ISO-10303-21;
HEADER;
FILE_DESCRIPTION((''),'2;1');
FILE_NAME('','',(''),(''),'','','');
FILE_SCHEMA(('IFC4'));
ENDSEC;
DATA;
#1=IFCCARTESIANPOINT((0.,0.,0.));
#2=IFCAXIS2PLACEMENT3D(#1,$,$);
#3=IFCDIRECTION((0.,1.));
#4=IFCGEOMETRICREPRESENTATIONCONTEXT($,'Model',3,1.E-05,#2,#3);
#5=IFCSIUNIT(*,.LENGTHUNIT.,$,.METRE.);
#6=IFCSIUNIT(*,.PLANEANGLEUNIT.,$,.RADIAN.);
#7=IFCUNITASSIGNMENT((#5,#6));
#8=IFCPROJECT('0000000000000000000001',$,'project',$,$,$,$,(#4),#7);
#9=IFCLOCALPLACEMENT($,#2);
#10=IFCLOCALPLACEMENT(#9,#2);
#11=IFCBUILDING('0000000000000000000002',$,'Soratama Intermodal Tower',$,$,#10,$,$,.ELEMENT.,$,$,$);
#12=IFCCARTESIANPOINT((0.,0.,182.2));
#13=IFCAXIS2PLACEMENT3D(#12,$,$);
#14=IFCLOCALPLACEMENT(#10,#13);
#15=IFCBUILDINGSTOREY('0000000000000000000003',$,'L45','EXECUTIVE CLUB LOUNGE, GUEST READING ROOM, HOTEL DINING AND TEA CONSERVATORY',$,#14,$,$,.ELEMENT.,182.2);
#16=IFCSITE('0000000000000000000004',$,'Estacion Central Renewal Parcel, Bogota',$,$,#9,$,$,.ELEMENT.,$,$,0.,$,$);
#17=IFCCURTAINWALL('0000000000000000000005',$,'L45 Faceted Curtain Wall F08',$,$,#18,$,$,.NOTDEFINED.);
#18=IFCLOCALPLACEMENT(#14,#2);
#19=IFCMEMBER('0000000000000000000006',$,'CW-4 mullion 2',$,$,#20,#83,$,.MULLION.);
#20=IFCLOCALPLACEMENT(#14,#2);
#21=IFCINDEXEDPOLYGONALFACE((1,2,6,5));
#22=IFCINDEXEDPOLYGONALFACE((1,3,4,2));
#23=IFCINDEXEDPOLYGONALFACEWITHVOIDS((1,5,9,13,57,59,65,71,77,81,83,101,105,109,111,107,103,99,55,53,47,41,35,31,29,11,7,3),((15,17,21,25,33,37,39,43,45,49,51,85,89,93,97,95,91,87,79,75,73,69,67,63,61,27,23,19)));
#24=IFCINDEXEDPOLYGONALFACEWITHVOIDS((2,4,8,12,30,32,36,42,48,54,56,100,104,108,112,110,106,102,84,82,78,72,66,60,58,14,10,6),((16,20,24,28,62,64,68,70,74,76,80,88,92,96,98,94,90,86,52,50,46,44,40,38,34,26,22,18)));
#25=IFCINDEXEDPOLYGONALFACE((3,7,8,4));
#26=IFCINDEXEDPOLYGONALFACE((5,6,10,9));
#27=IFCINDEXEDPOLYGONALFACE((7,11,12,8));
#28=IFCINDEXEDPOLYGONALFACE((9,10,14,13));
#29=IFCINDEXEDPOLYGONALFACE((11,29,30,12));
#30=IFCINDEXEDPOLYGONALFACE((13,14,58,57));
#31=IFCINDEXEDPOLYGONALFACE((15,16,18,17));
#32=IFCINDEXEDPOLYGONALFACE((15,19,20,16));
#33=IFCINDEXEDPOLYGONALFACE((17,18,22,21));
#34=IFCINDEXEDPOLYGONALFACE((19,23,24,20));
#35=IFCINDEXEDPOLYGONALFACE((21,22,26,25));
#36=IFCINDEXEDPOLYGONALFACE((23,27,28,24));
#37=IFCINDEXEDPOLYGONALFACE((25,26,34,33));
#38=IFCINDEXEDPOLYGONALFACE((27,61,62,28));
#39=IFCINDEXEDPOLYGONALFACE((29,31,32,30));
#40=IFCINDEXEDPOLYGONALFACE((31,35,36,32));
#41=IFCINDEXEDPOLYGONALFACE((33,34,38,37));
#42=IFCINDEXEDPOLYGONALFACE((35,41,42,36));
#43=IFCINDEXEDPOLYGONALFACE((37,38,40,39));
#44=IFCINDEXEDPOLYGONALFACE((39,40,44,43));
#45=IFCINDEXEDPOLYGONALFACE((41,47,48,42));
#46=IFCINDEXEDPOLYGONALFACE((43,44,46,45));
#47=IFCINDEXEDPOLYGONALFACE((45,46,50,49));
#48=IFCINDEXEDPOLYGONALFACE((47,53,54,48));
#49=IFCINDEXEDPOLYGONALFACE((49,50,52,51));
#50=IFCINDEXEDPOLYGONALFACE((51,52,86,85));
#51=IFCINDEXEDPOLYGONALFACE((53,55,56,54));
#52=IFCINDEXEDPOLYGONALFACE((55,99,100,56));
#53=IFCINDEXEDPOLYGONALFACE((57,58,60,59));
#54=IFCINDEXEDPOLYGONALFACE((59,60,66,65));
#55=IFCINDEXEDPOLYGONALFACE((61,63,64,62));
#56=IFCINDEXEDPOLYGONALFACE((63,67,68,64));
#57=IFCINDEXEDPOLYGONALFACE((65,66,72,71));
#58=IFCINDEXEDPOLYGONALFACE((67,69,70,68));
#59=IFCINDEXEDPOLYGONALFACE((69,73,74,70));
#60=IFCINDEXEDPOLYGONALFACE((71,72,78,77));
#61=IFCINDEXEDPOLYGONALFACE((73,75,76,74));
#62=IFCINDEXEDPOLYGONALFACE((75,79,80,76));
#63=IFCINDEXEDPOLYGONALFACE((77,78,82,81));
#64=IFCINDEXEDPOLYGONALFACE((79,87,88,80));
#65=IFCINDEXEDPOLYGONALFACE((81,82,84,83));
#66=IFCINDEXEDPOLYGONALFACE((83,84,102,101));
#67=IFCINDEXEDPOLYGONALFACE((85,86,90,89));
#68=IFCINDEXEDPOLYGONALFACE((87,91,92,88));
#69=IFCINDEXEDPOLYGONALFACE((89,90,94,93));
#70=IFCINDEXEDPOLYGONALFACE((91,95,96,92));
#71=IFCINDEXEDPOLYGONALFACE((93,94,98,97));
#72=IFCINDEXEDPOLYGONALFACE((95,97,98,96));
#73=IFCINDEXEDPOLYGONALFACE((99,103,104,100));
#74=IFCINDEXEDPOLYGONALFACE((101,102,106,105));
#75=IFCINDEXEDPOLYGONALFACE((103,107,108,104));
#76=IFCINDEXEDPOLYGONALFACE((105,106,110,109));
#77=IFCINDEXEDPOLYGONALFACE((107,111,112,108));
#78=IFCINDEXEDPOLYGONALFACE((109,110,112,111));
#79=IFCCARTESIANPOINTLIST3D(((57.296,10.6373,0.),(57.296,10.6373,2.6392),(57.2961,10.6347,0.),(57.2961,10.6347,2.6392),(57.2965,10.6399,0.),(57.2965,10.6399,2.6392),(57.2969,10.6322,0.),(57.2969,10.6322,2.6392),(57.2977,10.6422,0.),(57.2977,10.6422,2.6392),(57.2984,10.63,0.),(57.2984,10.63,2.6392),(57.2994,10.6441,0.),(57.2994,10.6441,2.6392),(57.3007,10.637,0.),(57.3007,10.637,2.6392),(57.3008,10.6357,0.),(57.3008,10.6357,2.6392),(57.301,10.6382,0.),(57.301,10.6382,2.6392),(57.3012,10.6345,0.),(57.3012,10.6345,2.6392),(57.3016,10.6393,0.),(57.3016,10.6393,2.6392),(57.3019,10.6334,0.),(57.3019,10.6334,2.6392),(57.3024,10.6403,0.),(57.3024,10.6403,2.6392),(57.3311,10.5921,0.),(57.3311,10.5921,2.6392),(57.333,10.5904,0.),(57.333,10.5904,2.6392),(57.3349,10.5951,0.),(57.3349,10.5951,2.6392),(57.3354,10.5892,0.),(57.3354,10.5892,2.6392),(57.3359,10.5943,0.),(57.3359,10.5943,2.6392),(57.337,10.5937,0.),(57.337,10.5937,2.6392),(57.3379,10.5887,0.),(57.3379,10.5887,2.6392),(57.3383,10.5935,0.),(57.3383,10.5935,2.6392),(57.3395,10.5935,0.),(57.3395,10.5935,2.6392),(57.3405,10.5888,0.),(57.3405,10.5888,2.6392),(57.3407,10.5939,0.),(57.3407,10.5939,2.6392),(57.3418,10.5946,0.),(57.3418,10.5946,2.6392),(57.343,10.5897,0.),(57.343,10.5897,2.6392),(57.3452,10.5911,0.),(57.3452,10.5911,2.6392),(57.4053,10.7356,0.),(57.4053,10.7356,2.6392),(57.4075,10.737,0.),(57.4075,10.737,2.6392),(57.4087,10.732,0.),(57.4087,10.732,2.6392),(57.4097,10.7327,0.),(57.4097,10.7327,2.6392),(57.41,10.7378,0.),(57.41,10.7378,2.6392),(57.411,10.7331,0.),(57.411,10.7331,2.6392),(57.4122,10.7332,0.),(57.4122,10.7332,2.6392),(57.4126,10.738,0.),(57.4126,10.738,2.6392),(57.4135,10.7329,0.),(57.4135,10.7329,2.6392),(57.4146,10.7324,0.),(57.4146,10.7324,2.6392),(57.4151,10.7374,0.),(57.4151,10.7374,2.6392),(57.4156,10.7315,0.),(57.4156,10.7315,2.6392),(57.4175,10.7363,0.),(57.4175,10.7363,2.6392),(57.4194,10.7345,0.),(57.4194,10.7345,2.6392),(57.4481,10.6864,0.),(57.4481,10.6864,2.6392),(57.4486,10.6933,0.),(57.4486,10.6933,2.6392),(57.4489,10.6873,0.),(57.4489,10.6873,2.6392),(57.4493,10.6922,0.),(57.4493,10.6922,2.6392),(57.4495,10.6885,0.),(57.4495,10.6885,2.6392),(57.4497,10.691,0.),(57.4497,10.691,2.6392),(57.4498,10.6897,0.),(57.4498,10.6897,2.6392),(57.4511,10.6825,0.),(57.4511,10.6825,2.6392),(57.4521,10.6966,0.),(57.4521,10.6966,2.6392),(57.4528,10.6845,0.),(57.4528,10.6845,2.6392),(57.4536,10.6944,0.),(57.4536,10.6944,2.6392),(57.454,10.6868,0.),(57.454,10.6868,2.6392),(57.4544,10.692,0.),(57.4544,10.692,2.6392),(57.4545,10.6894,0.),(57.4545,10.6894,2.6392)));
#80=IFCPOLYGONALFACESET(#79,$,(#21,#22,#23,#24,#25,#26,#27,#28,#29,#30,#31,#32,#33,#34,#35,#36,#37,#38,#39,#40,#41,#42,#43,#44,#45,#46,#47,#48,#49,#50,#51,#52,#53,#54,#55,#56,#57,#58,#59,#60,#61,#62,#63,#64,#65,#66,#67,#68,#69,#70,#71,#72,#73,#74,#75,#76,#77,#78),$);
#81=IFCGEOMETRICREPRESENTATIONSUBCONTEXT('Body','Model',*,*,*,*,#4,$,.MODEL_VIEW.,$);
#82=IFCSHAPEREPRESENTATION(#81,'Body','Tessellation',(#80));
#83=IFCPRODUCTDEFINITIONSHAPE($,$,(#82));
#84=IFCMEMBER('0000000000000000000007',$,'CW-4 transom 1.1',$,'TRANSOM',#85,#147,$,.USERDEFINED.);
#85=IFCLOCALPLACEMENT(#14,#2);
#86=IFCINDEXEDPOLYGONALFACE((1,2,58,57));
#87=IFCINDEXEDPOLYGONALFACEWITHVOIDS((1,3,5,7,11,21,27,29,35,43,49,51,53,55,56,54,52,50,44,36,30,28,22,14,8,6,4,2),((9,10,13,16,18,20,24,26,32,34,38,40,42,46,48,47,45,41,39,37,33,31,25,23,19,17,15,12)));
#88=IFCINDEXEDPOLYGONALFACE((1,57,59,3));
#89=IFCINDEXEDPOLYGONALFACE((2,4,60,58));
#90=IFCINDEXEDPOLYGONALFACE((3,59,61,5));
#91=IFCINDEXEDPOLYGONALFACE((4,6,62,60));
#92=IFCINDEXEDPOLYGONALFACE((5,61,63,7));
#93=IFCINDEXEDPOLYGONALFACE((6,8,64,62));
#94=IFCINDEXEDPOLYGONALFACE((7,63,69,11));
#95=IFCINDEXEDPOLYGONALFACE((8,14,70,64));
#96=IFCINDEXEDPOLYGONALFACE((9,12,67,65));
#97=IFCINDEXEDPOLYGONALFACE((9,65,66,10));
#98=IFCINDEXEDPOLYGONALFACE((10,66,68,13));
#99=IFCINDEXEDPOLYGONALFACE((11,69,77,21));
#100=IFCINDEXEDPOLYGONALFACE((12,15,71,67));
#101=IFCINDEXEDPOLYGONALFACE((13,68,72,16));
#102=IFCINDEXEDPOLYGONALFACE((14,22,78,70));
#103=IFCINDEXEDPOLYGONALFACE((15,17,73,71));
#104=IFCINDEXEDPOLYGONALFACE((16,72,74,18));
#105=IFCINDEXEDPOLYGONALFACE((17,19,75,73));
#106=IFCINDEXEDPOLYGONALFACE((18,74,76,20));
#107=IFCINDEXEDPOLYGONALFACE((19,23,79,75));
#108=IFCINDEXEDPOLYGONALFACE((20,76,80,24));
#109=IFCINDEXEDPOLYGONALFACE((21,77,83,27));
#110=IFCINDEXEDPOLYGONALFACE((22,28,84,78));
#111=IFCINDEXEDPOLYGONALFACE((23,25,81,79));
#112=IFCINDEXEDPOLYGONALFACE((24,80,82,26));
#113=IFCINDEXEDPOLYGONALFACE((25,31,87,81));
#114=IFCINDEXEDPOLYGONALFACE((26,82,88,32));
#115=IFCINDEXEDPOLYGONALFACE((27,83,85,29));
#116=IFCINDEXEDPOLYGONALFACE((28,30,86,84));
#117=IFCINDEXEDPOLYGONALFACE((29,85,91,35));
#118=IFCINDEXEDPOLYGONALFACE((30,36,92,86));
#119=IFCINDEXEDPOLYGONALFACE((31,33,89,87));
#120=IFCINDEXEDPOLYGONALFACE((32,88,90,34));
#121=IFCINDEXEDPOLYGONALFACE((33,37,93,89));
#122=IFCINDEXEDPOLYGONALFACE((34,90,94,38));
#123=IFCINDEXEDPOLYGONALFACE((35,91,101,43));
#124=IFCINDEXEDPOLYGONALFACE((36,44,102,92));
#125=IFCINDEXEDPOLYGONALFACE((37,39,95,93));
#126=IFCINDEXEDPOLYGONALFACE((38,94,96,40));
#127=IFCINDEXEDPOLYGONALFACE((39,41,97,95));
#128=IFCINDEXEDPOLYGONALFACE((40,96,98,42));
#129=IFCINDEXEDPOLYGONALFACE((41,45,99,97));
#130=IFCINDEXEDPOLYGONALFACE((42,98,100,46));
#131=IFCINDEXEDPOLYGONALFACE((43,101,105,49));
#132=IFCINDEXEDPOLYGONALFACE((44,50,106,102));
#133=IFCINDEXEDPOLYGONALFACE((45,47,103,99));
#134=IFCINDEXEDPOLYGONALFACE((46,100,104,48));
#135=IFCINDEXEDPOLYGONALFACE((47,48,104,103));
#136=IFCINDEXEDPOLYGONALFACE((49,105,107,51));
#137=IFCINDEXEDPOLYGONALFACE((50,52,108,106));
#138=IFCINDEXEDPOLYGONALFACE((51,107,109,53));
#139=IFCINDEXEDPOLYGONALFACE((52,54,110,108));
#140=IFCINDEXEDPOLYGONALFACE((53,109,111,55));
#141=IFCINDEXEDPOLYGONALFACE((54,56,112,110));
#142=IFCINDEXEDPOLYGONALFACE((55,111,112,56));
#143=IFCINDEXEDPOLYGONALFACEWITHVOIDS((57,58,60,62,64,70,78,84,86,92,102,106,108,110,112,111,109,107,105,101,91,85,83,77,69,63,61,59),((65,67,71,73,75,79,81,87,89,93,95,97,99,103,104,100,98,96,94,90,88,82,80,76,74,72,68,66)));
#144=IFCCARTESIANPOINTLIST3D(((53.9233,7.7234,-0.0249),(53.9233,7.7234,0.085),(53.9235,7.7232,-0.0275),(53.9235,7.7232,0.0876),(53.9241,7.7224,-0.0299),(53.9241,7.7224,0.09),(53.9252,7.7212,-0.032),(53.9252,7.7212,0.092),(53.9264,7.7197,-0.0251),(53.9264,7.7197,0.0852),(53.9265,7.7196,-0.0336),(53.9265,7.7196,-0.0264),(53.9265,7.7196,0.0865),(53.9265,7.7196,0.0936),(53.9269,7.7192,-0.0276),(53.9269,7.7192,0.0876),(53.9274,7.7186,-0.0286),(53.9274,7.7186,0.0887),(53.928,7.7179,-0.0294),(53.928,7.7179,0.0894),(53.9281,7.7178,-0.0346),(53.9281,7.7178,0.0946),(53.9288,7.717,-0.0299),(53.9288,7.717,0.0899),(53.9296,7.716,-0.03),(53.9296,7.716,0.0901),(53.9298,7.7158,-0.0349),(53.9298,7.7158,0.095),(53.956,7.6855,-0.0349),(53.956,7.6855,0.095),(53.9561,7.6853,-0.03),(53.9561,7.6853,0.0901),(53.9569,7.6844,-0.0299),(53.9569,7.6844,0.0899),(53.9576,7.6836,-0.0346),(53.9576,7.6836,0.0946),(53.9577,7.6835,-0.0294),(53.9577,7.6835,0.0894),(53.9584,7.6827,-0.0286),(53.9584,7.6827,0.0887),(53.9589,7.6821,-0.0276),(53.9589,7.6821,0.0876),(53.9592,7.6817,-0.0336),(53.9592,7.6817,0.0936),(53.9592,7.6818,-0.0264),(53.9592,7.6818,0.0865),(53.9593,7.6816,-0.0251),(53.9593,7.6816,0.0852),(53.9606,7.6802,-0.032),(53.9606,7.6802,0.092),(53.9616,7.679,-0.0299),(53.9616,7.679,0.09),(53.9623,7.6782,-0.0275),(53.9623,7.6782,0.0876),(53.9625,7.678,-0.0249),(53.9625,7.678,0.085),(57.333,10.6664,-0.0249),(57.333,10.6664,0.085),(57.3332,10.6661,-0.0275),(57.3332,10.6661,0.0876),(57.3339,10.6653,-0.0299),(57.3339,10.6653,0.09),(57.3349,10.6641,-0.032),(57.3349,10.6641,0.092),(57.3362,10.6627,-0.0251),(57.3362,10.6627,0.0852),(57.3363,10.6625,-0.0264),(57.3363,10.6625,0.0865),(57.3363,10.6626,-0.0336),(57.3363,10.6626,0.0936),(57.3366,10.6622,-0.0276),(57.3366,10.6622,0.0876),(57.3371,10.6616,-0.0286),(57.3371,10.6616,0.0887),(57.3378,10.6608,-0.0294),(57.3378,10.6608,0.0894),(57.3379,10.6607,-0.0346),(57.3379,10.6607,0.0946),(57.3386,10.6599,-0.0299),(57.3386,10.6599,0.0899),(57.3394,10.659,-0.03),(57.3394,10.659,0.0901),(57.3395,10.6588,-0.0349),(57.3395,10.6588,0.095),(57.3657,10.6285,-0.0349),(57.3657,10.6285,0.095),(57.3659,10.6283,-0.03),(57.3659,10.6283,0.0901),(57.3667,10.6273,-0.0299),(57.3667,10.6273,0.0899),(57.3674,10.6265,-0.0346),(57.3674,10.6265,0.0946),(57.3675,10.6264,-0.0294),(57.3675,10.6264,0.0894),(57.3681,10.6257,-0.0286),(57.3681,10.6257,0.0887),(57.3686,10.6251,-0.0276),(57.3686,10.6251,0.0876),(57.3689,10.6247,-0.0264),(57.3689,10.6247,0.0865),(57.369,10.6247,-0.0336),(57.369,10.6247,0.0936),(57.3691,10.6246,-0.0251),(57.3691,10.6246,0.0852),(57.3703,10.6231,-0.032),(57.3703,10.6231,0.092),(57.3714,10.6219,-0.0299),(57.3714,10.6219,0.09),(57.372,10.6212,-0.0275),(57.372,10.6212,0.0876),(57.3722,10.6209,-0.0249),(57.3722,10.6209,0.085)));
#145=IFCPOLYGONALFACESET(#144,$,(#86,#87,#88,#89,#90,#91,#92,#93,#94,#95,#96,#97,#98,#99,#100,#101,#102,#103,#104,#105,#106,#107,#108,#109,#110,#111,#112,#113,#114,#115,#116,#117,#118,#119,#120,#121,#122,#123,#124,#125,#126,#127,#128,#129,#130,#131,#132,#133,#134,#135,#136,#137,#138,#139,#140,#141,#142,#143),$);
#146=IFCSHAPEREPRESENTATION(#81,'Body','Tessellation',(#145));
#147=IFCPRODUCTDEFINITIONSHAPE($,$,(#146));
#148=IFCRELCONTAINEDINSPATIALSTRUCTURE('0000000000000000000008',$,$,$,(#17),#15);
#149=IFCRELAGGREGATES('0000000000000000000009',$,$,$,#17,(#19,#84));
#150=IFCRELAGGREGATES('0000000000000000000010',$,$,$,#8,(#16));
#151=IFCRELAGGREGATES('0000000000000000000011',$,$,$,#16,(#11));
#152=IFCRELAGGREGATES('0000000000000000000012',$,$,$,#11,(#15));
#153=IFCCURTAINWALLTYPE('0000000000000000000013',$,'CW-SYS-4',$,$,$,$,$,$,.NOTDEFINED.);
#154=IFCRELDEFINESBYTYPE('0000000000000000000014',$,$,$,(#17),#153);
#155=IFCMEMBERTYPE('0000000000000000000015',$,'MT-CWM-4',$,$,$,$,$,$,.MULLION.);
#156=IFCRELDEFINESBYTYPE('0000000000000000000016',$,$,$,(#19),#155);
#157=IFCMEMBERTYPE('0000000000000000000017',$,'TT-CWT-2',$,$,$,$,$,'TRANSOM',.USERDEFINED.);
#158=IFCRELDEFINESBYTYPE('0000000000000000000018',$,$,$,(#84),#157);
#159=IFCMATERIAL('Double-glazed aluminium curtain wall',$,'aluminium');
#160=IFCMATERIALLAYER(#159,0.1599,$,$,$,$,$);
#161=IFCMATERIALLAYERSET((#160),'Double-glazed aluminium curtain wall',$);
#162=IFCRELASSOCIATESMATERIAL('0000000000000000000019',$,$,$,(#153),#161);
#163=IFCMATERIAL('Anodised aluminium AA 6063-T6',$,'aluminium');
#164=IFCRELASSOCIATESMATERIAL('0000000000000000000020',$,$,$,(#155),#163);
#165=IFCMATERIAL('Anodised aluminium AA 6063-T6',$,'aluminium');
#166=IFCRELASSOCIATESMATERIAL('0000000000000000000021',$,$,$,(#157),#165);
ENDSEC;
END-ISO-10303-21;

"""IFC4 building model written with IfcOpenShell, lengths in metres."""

from ifc_helpers import new_model, si_unit, direction, frame, origin, origin_2d, place, context, subcontext, project, spatial, hollow_rectangle, extrude, material, layer, layer_set, material_profile, profile_set, type_object, element, aggregate, save


model = new_model("IFC4")

# Units and contexts
model_context = context("Model", 3, precision=1e-05, world=origin(), true_north=direction((0.0, 1.0)))
body_context = subcontext(model_context, "Body", "Model", "MODEL_VIEW")
ifc_project = project(units=[si_unit("LENGTHUNIT", "METRE"), si_unit("PLANEANGLEUNIT", "RADIAN")], contexts=[model_context])

# Site, building, storey
site_placement = place(None, origin())
site = spatial("IfcSite", under=ifc_project, at=site_placement, Name="Estacion Central Renewal Parcel, Bogota", CompositionType="ELEMENT", RefElevation=0.0)
building_placement = place(site_placement, origin())
building = spatial("IfcBuilding", under=site, at=building_placement, Name="Soratama Intermodal Tower", CompositionType="ELEMENT")
storey_placement = place(building_placement, frame((0.0, 0.0, 182.2)))
storey = spatial("IfcBuildingStorey", under=building, at=storey_placement, Name="L45", Description="EXECUTIVE CLUB LOUNGE, GUEST READING ROOM, HOTEL DINING AND TEA CONSERVATORY", CompositionType="ELEMENT", Elevation=182.2)

# Curtain wall, members
ifc_material_1 = material(Name="Double-glazed aluminium curtain wall", Category="aluminium")
ifc_layer_1 = layer(ifc_material_1, 0.1599)
ifc_layer_set_1 = layer_set([ifc_layer_1], Name="Double-glazed aluminium curtain wall")
curtain_wall_type = type_object("IfcCurtainWallType", Name="CW-SYS-4", PredefinedType="NOTDEFINED", material=ifc_layer_set_1)
curtain_wall_placement = place(storey_placement, origin())
curtain_wall = element("IfcCurtainWall", 1, at=curtain_wall_placement, inside=storey, type_object=curtain_wall_type, Name="L45 Faceted Curtain Wall F08", PredefinedType="NOTDEFINED")
ifc_material_2 = material(Name="Anodised aluminium AA 6063-T6", Category="aluminium")
ifc_material_profile_1 = material_profile(ifc_material_2, hollow_rectangle(XDim=0.0701, YDim=0.1599, WallThickness=0.0049, InnerFilletRadius=0.0049, OuterFilletRadius=0.01, at=origin_2d()), Name="CWM160X70X5")
ifc_profile_set_1 = profile_set([ifc_material_profile_1], Name="Anodised aluminium AA 6063-T6")
member_type_1 = type_object("IfcMemberType", Name="MT-CWM-4", PredefinedType="MULLION", material=ifc_profile_set_1)
member_1_placement = place(storey_placement, frame((57.3752, 10.6633, 0.0), z_axis=(0.0, 0.0, 1.0), x_axis=(-0.653423, 0.756993, 0.0)))
member_1 = element("IfcMember", 2, at=member_1_placement, type_object=member_type_1, Name="CW-4 mullion 2", PredefinedType="MULLION", context=body_context, shape_type="SweptSolid", body=[
    extrude(hollow_rectangle(XDim=0.0701, YDim=0.1599, WallThickness=0.0049, InnerFilletRadius=0.0049, OuterFilletRadius=0.01, at=origin_2d()), origin(), (0.0, 0.0, 1.0), 2.6392),
])
ifc_material_3 = material(Name="Anodised aluminium AA 6063-T6", Category="aluminium")
ifc_material_profile_2 = material_profile(ifc_material_3, hollow_rectangle(XDim=0.0601, YDim=0.1299, WallThickness=0.0049, InnerFilletRadius=0.0049, OuterFilletRadius=0.01, at=origin_2d()), Name="CWT130X60X5")
ifc_profile_set_2 = profile_set([ifc_material_profile_2], Name="Anodised aluminium AA 6063-T6")
member_type_2 = type_object("IfcMemberType", Name="TT-CWT-2", ElementType="TRANSOM", PredefinedType="USERDEFINED", material=ifc_profile_set_2)
member_2_placement = place(storey_placement, frame((53.9429, 7.7007, 0.03), z_axis=(0.757025, 0.653386, 0.0), x_axis=(-0.653386, 0.757025, 0.0)))
member_2 = element("IfcMember", 3, at=member_2_placement, type_object=member_type_2, Name="CW-4 transom 1.1", ObjectType="TRANSOM", PredefinedType="USERDEFINED", context=body_context, shape_type="SweptSolid", body=[
    extrude(hollow_rectangle(XDim=0.0601, YDim=0.1299, WallThickness=0.0049, InnerFilletRadius=0.0049, OuterFilletRadius=0.01, at=origin_2d()), origin(), (0.0, 0.0, 1.0), 4.5042),
])
aggregate(curtain_wall, [member_1, member_2])

save(model, "model.ifc")
